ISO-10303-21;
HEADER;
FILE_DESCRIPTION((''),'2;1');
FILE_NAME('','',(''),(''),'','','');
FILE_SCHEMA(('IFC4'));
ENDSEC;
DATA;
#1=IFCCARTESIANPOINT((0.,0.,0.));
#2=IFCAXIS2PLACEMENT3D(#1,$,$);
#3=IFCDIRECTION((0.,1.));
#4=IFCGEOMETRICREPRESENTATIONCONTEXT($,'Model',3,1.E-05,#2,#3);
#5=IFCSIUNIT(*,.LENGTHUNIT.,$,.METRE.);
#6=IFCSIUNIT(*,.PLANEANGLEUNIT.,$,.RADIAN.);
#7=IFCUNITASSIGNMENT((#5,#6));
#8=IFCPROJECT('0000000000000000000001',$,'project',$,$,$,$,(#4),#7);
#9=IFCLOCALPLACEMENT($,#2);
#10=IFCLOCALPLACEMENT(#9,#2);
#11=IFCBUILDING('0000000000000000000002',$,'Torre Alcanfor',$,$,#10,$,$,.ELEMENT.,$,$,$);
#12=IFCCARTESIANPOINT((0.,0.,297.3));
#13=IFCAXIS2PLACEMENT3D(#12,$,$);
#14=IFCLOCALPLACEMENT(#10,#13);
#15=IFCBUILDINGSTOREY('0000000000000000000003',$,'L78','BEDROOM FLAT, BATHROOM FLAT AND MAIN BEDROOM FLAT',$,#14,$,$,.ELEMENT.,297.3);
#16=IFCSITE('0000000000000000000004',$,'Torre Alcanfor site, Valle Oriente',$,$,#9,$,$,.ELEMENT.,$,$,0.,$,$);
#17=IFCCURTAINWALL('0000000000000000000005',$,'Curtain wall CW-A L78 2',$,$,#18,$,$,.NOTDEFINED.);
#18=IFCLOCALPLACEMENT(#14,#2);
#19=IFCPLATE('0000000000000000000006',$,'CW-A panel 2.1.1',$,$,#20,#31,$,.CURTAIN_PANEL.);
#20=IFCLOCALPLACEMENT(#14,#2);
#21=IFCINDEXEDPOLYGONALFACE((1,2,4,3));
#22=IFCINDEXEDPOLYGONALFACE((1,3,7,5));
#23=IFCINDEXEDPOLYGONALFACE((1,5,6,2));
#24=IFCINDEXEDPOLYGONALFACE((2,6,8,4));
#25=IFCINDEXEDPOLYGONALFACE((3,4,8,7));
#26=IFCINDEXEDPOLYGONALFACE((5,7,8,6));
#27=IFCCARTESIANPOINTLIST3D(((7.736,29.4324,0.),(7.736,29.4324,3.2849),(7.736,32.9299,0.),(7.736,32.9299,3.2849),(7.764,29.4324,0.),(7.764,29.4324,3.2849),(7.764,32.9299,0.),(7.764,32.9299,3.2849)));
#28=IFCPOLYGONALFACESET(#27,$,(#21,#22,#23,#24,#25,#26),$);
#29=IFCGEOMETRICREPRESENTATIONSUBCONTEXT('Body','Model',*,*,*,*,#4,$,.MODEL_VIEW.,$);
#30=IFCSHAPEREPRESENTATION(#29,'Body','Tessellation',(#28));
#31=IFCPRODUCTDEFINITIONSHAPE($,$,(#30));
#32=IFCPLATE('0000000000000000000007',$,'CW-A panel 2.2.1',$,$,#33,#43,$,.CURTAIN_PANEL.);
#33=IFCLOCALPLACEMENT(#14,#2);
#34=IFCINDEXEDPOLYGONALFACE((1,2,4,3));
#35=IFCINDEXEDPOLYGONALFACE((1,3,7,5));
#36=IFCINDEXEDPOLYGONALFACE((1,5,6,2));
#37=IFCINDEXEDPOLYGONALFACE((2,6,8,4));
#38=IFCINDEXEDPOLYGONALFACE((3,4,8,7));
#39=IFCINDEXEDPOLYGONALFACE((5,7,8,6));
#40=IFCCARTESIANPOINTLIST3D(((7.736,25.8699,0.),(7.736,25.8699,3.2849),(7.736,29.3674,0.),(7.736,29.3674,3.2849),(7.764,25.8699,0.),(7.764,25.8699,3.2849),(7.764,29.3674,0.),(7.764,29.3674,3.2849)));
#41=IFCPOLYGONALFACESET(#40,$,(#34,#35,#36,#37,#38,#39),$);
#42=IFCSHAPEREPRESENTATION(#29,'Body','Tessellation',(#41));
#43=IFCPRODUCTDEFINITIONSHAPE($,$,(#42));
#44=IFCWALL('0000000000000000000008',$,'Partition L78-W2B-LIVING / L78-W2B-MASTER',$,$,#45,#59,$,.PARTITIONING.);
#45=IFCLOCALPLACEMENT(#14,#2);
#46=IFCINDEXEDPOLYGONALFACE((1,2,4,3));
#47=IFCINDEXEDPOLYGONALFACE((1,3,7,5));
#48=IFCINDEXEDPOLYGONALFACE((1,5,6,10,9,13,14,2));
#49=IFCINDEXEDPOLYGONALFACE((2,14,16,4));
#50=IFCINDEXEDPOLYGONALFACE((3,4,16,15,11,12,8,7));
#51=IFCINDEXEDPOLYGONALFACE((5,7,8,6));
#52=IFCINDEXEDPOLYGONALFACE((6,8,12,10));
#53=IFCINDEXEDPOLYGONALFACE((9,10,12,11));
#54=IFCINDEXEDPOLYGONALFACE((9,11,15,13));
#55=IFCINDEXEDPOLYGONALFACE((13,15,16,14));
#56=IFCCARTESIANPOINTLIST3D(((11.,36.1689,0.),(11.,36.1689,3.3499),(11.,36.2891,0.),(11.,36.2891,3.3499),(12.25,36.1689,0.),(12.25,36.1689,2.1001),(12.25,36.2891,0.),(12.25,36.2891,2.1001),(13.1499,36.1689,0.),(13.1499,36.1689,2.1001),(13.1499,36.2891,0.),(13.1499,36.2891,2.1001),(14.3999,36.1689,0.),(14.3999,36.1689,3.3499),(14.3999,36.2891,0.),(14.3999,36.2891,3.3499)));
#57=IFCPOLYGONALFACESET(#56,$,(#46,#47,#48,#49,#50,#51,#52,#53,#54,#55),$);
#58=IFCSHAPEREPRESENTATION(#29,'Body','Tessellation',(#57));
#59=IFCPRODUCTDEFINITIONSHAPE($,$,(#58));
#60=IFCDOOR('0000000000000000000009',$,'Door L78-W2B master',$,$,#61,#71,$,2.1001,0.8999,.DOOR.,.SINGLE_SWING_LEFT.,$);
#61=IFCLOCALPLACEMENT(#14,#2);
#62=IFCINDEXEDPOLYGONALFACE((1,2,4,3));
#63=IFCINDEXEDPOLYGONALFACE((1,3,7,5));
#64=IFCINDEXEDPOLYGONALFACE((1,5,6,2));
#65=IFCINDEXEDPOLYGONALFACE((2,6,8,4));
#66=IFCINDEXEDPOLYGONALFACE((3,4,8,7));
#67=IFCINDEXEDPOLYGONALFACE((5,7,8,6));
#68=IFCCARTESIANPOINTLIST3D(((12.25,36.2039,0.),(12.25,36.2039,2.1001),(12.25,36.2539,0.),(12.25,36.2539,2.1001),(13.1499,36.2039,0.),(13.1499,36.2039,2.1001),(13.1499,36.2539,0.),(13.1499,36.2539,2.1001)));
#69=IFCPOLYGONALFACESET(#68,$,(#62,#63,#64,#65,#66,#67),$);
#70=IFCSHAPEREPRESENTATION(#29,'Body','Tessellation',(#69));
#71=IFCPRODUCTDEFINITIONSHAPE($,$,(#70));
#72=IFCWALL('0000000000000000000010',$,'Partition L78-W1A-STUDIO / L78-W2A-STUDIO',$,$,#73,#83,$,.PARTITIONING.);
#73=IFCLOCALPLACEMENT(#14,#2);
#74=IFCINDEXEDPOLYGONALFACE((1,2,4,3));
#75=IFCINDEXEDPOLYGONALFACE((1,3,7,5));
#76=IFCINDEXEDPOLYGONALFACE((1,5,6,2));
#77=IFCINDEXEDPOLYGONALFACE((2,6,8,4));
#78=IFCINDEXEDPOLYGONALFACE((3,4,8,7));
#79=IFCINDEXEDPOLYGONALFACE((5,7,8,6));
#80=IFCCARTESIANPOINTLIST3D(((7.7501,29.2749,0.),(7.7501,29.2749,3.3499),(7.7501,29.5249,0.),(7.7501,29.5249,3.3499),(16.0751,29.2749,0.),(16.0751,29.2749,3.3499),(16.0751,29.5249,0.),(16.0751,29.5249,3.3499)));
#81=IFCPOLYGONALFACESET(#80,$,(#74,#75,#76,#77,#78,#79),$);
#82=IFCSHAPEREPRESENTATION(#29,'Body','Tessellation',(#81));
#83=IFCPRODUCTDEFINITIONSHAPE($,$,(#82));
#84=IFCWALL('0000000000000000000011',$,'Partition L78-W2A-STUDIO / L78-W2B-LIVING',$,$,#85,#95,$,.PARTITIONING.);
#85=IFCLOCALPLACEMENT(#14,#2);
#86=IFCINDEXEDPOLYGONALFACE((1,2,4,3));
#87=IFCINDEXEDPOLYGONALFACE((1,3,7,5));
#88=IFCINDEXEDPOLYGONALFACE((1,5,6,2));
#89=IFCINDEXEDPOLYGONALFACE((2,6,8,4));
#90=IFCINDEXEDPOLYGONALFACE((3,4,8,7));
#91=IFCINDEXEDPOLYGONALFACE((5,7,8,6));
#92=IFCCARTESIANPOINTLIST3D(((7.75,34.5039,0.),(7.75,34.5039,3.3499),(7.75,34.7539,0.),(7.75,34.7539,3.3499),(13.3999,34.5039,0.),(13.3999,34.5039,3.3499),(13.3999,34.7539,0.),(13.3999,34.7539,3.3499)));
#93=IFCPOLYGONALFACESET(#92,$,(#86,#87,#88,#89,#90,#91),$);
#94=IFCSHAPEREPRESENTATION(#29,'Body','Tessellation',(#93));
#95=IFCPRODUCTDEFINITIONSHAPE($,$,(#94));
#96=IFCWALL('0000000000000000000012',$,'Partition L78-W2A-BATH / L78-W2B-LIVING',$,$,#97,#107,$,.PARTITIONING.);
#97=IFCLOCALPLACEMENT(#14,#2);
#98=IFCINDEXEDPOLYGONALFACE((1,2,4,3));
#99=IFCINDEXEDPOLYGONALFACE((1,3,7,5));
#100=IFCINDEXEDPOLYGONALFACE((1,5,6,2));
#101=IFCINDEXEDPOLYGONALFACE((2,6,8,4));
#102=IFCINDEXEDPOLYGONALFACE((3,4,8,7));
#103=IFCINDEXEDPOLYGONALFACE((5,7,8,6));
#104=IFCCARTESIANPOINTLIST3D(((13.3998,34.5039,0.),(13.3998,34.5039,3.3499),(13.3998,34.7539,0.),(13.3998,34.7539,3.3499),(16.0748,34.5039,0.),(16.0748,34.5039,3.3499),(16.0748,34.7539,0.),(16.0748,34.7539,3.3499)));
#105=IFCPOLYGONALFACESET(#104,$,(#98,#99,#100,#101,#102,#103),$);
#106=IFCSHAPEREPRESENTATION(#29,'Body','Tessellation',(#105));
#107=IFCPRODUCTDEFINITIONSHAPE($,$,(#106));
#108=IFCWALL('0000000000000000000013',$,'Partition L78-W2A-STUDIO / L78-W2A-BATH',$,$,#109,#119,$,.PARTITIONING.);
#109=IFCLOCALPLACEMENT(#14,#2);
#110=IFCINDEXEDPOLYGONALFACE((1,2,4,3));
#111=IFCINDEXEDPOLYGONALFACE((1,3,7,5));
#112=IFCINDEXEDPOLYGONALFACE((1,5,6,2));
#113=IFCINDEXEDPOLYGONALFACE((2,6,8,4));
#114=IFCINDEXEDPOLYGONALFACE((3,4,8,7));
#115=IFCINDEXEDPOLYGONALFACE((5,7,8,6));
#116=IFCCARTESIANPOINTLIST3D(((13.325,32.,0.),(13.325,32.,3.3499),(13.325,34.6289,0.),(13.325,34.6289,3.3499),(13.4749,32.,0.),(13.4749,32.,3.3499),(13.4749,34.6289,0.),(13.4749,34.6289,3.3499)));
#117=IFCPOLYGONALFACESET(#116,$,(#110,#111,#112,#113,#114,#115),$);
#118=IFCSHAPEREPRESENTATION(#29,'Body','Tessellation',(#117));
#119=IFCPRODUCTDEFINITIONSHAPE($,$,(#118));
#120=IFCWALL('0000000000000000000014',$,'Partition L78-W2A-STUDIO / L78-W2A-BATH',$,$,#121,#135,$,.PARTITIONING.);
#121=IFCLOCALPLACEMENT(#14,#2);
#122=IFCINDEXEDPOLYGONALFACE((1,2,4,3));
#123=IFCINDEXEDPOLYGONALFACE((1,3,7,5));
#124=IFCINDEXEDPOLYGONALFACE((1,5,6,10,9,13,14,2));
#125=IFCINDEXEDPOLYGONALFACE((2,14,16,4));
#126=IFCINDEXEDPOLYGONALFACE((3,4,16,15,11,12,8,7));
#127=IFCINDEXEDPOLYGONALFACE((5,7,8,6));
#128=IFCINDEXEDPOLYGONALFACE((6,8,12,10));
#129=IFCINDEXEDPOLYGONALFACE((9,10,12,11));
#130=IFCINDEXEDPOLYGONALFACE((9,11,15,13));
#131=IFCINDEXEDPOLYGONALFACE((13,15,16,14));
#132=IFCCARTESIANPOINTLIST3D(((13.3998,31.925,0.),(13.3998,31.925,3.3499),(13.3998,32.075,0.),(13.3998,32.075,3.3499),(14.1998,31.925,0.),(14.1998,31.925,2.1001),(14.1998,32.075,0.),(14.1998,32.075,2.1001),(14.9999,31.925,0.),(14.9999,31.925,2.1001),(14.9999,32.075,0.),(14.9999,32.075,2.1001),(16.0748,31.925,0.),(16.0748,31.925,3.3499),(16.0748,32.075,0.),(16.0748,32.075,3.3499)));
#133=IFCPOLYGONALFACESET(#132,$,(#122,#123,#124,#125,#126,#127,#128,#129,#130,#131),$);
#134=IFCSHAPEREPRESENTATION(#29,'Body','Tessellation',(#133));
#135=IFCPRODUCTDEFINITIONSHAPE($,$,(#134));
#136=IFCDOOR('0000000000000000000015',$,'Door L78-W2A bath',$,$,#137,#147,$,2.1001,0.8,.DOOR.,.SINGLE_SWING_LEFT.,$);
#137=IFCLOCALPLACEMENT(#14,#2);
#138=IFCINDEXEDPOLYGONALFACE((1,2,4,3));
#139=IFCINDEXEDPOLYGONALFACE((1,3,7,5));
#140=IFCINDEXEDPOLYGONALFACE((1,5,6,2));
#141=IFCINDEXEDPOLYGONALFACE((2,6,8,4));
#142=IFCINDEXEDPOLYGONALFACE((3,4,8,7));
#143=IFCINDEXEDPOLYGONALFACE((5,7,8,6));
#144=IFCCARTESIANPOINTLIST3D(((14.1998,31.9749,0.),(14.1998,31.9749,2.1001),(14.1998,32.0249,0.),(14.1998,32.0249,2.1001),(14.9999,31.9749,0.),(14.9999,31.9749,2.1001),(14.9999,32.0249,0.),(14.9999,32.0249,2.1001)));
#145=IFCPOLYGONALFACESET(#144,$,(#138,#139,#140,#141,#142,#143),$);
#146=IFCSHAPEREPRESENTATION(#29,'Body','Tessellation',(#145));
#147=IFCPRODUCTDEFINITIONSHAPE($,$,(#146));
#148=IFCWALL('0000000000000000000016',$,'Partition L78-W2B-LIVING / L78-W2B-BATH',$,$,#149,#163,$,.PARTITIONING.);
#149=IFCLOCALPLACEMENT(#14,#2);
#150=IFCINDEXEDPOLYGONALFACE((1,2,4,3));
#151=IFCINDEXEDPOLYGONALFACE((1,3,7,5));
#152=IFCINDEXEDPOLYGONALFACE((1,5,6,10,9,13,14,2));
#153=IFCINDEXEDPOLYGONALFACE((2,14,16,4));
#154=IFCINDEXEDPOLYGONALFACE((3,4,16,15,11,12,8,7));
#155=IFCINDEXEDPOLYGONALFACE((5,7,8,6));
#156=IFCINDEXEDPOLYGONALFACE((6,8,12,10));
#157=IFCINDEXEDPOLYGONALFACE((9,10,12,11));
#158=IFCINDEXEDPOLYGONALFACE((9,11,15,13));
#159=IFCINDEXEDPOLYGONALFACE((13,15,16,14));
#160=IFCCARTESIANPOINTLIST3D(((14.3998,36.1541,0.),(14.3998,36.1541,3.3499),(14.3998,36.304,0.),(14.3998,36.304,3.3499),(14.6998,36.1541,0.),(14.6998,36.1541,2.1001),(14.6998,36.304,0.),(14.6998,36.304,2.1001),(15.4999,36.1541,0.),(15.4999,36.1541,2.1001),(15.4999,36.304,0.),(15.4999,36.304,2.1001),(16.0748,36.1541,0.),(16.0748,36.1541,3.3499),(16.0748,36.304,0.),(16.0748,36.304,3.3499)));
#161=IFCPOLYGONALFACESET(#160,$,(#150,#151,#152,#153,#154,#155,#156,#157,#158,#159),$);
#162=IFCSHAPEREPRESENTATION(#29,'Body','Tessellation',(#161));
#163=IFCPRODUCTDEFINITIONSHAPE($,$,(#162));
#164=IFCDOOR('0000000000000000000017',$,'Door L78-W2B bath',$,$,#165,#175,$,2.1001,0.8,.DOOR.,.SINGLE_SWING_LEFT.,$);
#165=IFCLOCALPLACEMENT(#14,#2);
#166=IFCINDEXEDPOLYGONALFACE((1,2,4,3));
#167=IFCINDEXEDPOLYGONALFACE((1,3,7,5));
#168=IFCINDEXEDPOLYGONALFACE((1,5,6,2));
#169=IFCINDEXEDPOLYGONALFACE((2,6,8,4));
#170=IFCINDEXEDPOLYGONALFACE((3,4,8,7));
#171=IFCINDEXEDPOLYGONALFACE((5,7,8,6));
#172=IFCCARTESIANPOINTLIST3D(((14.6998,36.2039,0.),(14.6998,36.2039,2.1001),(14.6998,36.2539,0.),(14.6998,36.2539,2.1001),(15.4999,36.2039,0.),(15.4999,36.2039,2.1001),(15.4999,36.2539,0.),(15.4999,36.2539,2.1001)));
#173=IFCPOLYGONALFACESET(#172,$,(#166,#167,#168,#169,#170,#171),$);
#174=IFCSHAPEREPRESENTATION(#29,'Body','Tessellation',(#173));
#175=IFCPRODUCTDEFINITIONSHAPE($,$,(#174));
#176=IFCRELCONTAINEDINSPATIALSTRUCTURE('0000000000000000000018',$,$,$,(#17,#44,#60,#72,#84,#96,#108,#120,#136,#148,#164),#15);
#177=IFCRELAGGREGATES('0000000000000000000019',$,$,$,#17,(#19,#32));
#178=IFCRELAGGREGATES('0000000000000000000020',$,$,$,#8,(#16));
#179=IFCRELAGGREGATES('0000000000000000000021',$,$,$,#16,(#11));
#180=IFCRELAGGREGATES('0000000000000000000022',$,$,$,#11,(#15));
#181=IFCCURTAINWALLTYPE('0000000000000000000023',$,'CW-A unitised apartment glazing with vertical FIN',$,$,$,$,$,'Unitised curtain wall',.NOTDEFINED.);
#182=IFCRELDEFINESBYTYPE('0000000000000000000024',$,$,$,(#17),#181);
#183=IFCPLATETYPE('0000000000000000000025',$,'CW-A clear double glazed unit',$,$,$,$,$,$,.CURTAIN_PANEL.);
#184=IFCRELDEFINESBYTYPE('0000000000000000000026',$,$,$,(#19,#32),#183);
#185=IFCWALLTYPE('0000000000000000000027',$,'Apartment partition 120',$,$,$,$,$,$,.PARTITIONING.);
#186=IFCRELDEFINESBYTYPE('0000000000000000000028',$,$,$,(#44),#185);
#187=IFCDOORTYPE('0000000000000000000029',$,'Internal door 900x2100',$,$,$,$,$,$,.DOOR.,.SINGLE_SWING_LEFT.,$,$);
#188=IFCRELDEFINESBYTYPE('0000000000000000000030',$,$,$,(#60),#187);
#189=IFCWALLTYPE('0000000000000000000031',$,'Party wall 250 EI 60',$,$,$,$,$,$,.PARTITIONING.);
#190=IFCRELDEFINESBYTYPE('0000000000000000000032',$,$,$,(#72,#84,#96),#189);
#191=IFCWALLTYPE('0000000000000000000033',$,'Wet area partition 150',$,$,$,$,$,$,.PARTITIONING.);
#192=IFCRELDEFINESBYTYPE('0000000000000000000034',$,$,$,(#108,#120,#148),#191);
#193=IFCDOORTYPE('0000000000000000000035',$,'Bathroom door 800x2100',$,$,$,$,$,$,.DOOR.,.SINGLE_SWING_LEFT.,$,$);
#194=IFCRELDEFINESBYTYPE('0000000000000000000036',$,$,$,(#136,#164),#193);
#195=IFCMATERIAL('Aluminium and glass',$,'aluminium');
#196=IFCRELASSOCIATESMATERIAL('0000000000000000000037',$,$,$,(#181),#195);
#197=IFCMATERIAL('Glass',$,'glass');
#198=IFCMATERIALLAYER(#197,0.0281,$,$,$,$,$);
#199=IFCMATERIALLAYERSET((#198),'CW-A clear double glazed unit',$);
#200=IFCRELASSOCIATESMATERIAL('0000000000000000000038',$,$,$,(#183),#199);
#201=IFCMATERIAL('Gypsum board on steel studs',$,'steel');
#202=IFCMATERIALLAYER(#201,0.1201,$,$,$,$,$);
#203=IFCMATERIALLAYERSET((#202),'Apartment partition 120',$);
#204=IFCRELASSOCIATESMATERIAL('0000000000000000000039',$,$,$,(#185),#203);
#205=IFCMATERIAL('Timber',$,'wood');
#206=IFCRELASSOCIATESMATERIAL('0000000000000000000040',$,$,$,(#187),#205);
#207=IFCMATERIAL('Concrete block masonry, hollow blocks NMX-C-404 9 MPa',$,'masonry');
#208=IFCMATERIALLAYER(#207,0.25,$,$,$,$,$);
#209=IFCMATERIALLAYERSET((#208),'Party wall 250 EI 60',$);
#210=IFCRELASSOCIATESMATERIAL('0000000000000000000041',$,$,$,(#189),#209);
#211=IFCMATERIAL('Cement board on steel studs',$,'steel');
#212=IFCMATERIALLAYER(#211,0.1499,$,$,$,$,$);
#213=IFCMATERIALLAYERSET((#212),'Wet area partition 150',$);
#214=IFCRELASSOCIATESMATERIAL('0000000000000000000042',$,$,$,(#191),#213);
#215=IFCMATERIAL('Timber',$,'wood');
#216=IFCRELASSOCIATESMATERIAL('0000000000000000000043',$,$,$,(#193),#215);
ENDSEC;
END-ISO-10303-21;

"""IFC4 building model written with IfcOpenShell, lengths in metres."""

from ifc_helpers import new_model, si_unit, direction, frame, frame_2d, origin, origin_2d, place, context, subcontext, project, spatial, rectangle, extrude, material, layer, layer_set, type_object, element, fill, aggregate, save


model = new_model("IFC4")

# Units and contexts
model_context = context("Model", 3, precision=1e-05, world=origin(), true_north=direction((0.0, 1.0)))
body_context = subcontext(model_context, "Body", "Model", "MODEL_VIEW")
ifc_project = project(units=[si_unit("LENGTHUNIT", "METRE"), si_unit("PLANEANGLEUNIT", "RADIAN")], contexts=[model_context])

# Site, building, storey
site_placement = place(None, origin())
site = spatial("IfcSite", under=ifc_project, at=site_placement, Name="Torre Alcanfor site, Valle Oriente", CompositionType="ELEMENT", RefElevation=0.0)
building_placement = place(site_placement, origin())
building = spatial("IfcBuilding", under=site, at=building_placement, Name="Torre Alcanfor", CompositionType="ELEMENT")
storey_placement = place(building_placement, frame((0.0, 0.0, 297.3)))
storey = spatial("IfcBuildingStorey", under=building, at=storey_placement, Name="L78", Description="BEDROOM FLAT, BATHROOM FLAT AND MAIN BEDROOM FLAT", CompositionType="ELEMENT", Elevation=297.3)

# Curtain wall
ifc_material_1 = material(Name="Aluminium and glass", Category="aluminium")
curtain_wall_type = type_object("IfcCurtainWallType", Name="CW-A unitised apartment glazing with vertical FIN", ElementType="Unitised curtain wall", PredefinedType="NOTDEFINED", material=ifc_material_1)
curtain_wall_placement = place(storey_placement, origin())
curtain_wall = element("IfcCurtainWall", 1, at=curtain_wall_placement, inside=storey, type_object=curtain_wall_type, Name="Curtain wall CW-A L78 2", PredefinedType="NOTDEFINED")

# Plates
ifc_material_2 = material(Name="Glass", Category="glass")
ifc_layer_1 = layer(ifc_material_2, 0.0281)
ifc_layer_set_1 = layer_set([ifc_layer_1], Name="CW-A clear double glazed unit")
plate_type = type_object("IfcPlateType", Name="CW-A clear double glazed unit", PredefinedType="CURTAIN_PANEL", material=ifc_layer_set_1)
plate_1_placement = place(storey_placement, frame((7.75, 31.1812, 0.0), z_axis=(0.0, 0.0, 1.0), x_axis=(0.0, -1.0, 0.0)))
plate_1 = element("IfcPlate", 2, at=plate_1_placement, type_object=plate_type, Name="CW-A panel 2.1.1", PredefinedType="CURTAIN_PANEL", context=body_context, shape_type="SweptSolid", body=[
    extrude(rectangle(XDim=3.4976, YDim=0.0281, at=origin_2d()), origin(), (0.0, 0.0, 1.0), 3.2849),
])
plate_2_placement = place(storey_placement, frame((7.75, 27.6187, 0.0), z_axis=(0.0, 0.0, 1.0), x_axis=(0.0, -1.0, 0.0)))
plate_2 = element("IfcPlate", 3, at=plate_2_placement, type_object=plate_type, Name="CW-A panel 2.2.1", PredefinedType="CURTAIN_PANEL", context=body_context, shape_type="SweptSolid", body=[
    extrude(rectangle(XDim=3.4976, YDim=0.0281, at=origin_2d()), origin(), (0.0, 0.0, 1.0), 3.2849),
])
aggregate(curtain_wall, [plate_1, plate_2])

# Wall, opening, door
ifc_material_3 = material(Name="Gypsum board on steel studs", Category="steel")
ifc_layer_2 = layer(ifc_material_3, 0.1201)
ifc_layer_set_2 = layer_set([ifc_layer_2], Name="Apartment partition 120")
wall_type_1 = type_object("IfcWallType", Name="Apartment partition 120", PredefinedType="PARTITIONING", material=ifc_layer_set_2)
wall_1_placement = place(storey_placement, frame((11.0, 36.229, 0.0), z_axis=(0.0, 0.0, 1.0), x_axis=(1.0, 0.0, 0.0)))
wall_1 = element("IfcWall", 4, at=wall_1_placement, inside=storey, type_object=wall_type_1, Name="Partition L78-W2B-LIVING / L78-W2B-MASTER", PredefinedType="PARTITIONING", context=body_context, shape_type="SweptSolid", body=[
    extrude(rectangle(XDim=3.3999, YDim=0.1201, at=frame_2d((1.7, 0.0))), origin(), (0.0, 0.0, 1.0), 3.3499),
])
opening_1_placement = place(wall_1_placement, frame((1.25, 0.0, 0.0)))
opening_1 = element("IfcOpeningElement", 5, at=opening_1_placement, cuts=wall_1, PredefinedType="OPENING", context=body_context, shape_type="SweptSolid", body=[
    extrude(rectangle(XDim=0.8999, YDim=2.1001, at=frame_2d((0.45, 1.05))), frame((0.0, 0.0701, 0.0), z_axis=(0.0, -1.0, 0.0), x_axis=(1.0, 0.0, 0.0)), (0.0, 0.0, 1.0), 0.1401),
])
ifc_material_4 = material(Name="Timber", Category="wood")
door_type_1 = type_object("IfcDoorType", Name="Internal door 900x2100", OperationType="SINGLE_SWING_LEFT", PredefinedType="DOOR", material=ifc_material_4)
door_1_placement = place(opening_1_placement, origin())
door_1 = element("IfcDoor", 6, at=door_1_placement, inside=storey, type_object=door_type_1, Name="Door L78-W2B master", OperationType="SINGLE_SWING_LEFT", OverallHeight=2.1001, OverallWidth=0.8999, PredefinedType="DOOR", context=body_context, shape_type="SweptSolid", body=[
    extrude(rectangle(XDim=0.8999, YDim=2.1001, at=frame_2d((0.45, 1.05))), frame((0.0, 0.0249, 0.0), z_axis=(0.0, -1.0, 0.0), x_axis=(1.0, 0.0, 0.0)), (0.0, 0.0, 1.0), 0.05),
])
fill(opening_1, door_1)

# Walls
ifc_material_5 = material(Name="Concrete block masonry, hollow blocks NMX-C-404 9 MPa", Category="masonry")
ifc_layer_3 = layer(ifc_material_5, 0.25)
ifc_layer_set_3 = layer_set([ifc_layer_3], Name="Party wall 250 EI 60")
wall_type_2 = type_object("IfcWallType", Name="Party wall 250 EI 60", PredefinedType="PARTITIONING", material=ifc_layer_set_3)
wall_2_placement = place(storey_placement, frame((7.75, 29.3999, 0.0), z_axis=(0.0, 0.0, 1.0), x_axis=(1.0, 0.0, 0.0)))
element("IfcWall", 7, at=wall_2_placement, inside=storey, type_object=wall_type_2, Name="Partition L78-W1A-STUDIO / L78-W2A-STUDIO", PredefinedType="PARTITIONING", context=body_context, shape_type="SweptSolid", body=[
    extrude(rectangle(XDim=8.325, YDim=0.25, at=frame_2d((4.1626, 0.0))), origin(), (0.0, 0.0, 1.0), 3.3499),
])
wall_3_placement = place(storey_placement, frame((7.75, 34.6289, 0.0), z_axis=(0.0, 0.0, 1.0), x_axis=(1.0, 0.0, 0.0)))
element("IfcWall", 8, at=wall_3_placement, inside=storey, type_object=wall_type_2, Name="Partition L78-W2A-STUDIO / L78-W2B-LIVING", PredefinedType="PARTITIONING", context=body_context, shape_type="SweptSolid", body=[
    extrude(rectangle(XDim=5.6499, YDim=0.25, at=frame_2d((2.825, 0.0))), origin(), (0.0, 0.0, 1.0), 3.3499),
])
wall_4_placement = place(storey_placement, frame((13.3999, 34.6289, 0.0), z_axis=(0.0, 0.0, 1.0), x_axis=(1.0, 0.0, 0.0)))
element("IfcWall", 9, at=wall_4_placement, inside=storey, type_object=wall_type_2, Name="Partition L78-W2A-BATH / L78-W2B-LIVING", PredefinedType="PARTITIONING", context=body_context, shape_type="SweptSolid", body=[
    extrude(rectangle(XDim=2.675, YDim=0.25, at=frame_2d((1.3374, 0.0))), origin(), (0.0, 0.0, 1.0), 3.3499),
])
ifc_material_6 = material(Name="Cement board on steel studs", Category="steel")
ifc_layer_4 = layer(ifc_material_6, 0.1499)
ifc_layer_set_4 = layer_set([ifc_layer_4], Name="Wet area partition 150")
wall_type_3 = type_object("IfcWallType", Name="Wet area partition 150", PredefinedType="PARTITIONING", material=ifc_layer_set_4)
wall_5_placement = place(storey_placement, frame((13.3999, 34.6289, 0.0), z_axis=(0.0, 0.0, 1.0), x_axis=(0.0, -1.0, 0.0)))
element("IfcWall", 10, at=wall_5_placement, inside=storey, type_object=wall_type_3, Name="Partition L78-W2A-STUDIO / L78-W2A-BATH", PredefinedType="PARTITIONING", context=body_context, shape_type="SweptSolid", body=[
    extrude(rectangle(XDim=2.6289, YDim=0.1499, at=frame_2d((1.3145, 0.0))), origin(), (0.0, 0.0, 1.0), 3.3499),
])

# Walls, openings, doors
wall_6_placement = place(storey_placement, frame((13.3999, 32.0, 0.0), z_axis=(0.0, 0.0, 1.0), x_axis=(1.0, 0.0, 0.0)))
wall_6 = element("IfcWall", 11, at=wall_6_placement, inside=storey, type_object=wall_type_3, Name="Partition L78-W2A-STUDIO / L78-W2A-BATH", PredefinedType="PARTITIONING", context=body_context, shape_type="SweptSolid", body=[
    extrude(rectangle(XDim=2.675, YDim=0.1499, at=frame_2d((1.3374, 0.0))), origin(), (0.0, 0.0, 1.0), 3.3499),
])
opening_2_placement = place(wall_6_placement, frame((0.8, 0.0, 0.0)))
opening_2 = element("IfcOpeningElement", 12, at=opening_2_placement, cuts=wall_6, PredefinedType="OPENING", context=body_context, shape_type="SweptSolid", body=[
    extrude(rectangle(XDim=0.8, YDim=2.1001, at=frame_2d((0.3999, 1.05))), frame((0.0, 0.085, 0.0), z_axis=(0.0, -1.0, 0.0), x_axis=(1.0, 0.0, 0.0)), (0.0, 0.0, 1.0), 0.1699),
])
ifc_material_7 = material(Name="Timber", Category="wood")
door_type_2 = type_object("IfcDoorType", Name="Bathroom door 800x2100", OperationType="SINGLE_SWING_LEFT", PredefinedType="DOOR", material=ifc_material_7)
door_2_placement = place(opening_2_placement, origin())
door_2 = element("IfcDoor", 13, at=door_2_placement, inside=storey, type_object=door_type_2, Name="Door L78-W2A bath", OperationType="SINGLE_SWING_LEFT", OverallHeight=2.1001, OverallWidth=0.8, PredefinedType="DOOR", context=body_context, shape_type="SweptSolid", body=[
    extrude(rectangle(XDim=0.8, YDim=2.1001, at=frame_2d((0.3999, 1.05))), frame((0.0, 0.0249, 0.0), z_axis=(0.0, -1.0, 0.0), x_axis=(1.0, 0.0, 0.0)), (0.0, 0.0, 1.0), 0.05),
])
fill(opening_2, door_2)
wall_7_placement = place(storey_placement, frame((14.3999, 36.229, 0.0), z_axis=(0.0, 0.0, 1.0), x_axis=(1.0, 0.0, 0.0)))
wall_7 = element("IfcWall", 14, at=wall_7_placement, inside=storey, type_object=wall_type_3, Name="Partition L78-W2B-LIVING / L78-W2B-BATH", PredefinedType="PARTITIONING", context=body_context, shape_type="SweptSolid", body=[
    extrude(rectangle(XDim=1.675, YDim=0.1499, at=frame_2d((0.8374, 0.0))), origin(), (0.0, 0.0, 1.0), 3.3499),
])
opening_3_placement = place(wall_7_placement, frame((0.3, 0.0, 0.0)))
opening_3 = element("IfcOpeningElement", 15, at=opening_3_placement, cuts=wall_7, PredefinedType="OPENING", context=body_context, shape_type="SweptSolid", body=[
    extrude(rectangle(XDim=0.8, YDim=2.1001, at=frame_2d((0.3999, 1.05))), frame((0.0, 0.085, 0.0), z_axis=(0.0, -1.0, 0.0), x_axis=(1.0, 0.0, 0.0)), (0.0, 0.0, 1.0), 0.1699),
])
door_3_placement = place(opening_3_placement, origin())
door_3 = element("IfcDoor", 16, at=door_3_placement, inside=storey, type_object=door_type_2, Name="Door L78-W2B bath", OperationType="SINGLE_SWING_LEFT", OverallHeight=2.1001, OverallWidth=0.8, PredefinedType="DOOR", context=body_context, shape_type="SweptSolid", body=[
    extrude(rectangle(XDim=0.8, YDim=2.1001, at=frame_2d((0.3999, 1.05))), frame((0.0, 0.0249, 0.0), z_axis=(0.0, -1.0, 0.0), x_axis=(1.0, 0.0, 0.0)), (0.0, 0.0, 1.0), 0.05),
])
fill(opening_3, door_3)

save(model, "model.ifc")
